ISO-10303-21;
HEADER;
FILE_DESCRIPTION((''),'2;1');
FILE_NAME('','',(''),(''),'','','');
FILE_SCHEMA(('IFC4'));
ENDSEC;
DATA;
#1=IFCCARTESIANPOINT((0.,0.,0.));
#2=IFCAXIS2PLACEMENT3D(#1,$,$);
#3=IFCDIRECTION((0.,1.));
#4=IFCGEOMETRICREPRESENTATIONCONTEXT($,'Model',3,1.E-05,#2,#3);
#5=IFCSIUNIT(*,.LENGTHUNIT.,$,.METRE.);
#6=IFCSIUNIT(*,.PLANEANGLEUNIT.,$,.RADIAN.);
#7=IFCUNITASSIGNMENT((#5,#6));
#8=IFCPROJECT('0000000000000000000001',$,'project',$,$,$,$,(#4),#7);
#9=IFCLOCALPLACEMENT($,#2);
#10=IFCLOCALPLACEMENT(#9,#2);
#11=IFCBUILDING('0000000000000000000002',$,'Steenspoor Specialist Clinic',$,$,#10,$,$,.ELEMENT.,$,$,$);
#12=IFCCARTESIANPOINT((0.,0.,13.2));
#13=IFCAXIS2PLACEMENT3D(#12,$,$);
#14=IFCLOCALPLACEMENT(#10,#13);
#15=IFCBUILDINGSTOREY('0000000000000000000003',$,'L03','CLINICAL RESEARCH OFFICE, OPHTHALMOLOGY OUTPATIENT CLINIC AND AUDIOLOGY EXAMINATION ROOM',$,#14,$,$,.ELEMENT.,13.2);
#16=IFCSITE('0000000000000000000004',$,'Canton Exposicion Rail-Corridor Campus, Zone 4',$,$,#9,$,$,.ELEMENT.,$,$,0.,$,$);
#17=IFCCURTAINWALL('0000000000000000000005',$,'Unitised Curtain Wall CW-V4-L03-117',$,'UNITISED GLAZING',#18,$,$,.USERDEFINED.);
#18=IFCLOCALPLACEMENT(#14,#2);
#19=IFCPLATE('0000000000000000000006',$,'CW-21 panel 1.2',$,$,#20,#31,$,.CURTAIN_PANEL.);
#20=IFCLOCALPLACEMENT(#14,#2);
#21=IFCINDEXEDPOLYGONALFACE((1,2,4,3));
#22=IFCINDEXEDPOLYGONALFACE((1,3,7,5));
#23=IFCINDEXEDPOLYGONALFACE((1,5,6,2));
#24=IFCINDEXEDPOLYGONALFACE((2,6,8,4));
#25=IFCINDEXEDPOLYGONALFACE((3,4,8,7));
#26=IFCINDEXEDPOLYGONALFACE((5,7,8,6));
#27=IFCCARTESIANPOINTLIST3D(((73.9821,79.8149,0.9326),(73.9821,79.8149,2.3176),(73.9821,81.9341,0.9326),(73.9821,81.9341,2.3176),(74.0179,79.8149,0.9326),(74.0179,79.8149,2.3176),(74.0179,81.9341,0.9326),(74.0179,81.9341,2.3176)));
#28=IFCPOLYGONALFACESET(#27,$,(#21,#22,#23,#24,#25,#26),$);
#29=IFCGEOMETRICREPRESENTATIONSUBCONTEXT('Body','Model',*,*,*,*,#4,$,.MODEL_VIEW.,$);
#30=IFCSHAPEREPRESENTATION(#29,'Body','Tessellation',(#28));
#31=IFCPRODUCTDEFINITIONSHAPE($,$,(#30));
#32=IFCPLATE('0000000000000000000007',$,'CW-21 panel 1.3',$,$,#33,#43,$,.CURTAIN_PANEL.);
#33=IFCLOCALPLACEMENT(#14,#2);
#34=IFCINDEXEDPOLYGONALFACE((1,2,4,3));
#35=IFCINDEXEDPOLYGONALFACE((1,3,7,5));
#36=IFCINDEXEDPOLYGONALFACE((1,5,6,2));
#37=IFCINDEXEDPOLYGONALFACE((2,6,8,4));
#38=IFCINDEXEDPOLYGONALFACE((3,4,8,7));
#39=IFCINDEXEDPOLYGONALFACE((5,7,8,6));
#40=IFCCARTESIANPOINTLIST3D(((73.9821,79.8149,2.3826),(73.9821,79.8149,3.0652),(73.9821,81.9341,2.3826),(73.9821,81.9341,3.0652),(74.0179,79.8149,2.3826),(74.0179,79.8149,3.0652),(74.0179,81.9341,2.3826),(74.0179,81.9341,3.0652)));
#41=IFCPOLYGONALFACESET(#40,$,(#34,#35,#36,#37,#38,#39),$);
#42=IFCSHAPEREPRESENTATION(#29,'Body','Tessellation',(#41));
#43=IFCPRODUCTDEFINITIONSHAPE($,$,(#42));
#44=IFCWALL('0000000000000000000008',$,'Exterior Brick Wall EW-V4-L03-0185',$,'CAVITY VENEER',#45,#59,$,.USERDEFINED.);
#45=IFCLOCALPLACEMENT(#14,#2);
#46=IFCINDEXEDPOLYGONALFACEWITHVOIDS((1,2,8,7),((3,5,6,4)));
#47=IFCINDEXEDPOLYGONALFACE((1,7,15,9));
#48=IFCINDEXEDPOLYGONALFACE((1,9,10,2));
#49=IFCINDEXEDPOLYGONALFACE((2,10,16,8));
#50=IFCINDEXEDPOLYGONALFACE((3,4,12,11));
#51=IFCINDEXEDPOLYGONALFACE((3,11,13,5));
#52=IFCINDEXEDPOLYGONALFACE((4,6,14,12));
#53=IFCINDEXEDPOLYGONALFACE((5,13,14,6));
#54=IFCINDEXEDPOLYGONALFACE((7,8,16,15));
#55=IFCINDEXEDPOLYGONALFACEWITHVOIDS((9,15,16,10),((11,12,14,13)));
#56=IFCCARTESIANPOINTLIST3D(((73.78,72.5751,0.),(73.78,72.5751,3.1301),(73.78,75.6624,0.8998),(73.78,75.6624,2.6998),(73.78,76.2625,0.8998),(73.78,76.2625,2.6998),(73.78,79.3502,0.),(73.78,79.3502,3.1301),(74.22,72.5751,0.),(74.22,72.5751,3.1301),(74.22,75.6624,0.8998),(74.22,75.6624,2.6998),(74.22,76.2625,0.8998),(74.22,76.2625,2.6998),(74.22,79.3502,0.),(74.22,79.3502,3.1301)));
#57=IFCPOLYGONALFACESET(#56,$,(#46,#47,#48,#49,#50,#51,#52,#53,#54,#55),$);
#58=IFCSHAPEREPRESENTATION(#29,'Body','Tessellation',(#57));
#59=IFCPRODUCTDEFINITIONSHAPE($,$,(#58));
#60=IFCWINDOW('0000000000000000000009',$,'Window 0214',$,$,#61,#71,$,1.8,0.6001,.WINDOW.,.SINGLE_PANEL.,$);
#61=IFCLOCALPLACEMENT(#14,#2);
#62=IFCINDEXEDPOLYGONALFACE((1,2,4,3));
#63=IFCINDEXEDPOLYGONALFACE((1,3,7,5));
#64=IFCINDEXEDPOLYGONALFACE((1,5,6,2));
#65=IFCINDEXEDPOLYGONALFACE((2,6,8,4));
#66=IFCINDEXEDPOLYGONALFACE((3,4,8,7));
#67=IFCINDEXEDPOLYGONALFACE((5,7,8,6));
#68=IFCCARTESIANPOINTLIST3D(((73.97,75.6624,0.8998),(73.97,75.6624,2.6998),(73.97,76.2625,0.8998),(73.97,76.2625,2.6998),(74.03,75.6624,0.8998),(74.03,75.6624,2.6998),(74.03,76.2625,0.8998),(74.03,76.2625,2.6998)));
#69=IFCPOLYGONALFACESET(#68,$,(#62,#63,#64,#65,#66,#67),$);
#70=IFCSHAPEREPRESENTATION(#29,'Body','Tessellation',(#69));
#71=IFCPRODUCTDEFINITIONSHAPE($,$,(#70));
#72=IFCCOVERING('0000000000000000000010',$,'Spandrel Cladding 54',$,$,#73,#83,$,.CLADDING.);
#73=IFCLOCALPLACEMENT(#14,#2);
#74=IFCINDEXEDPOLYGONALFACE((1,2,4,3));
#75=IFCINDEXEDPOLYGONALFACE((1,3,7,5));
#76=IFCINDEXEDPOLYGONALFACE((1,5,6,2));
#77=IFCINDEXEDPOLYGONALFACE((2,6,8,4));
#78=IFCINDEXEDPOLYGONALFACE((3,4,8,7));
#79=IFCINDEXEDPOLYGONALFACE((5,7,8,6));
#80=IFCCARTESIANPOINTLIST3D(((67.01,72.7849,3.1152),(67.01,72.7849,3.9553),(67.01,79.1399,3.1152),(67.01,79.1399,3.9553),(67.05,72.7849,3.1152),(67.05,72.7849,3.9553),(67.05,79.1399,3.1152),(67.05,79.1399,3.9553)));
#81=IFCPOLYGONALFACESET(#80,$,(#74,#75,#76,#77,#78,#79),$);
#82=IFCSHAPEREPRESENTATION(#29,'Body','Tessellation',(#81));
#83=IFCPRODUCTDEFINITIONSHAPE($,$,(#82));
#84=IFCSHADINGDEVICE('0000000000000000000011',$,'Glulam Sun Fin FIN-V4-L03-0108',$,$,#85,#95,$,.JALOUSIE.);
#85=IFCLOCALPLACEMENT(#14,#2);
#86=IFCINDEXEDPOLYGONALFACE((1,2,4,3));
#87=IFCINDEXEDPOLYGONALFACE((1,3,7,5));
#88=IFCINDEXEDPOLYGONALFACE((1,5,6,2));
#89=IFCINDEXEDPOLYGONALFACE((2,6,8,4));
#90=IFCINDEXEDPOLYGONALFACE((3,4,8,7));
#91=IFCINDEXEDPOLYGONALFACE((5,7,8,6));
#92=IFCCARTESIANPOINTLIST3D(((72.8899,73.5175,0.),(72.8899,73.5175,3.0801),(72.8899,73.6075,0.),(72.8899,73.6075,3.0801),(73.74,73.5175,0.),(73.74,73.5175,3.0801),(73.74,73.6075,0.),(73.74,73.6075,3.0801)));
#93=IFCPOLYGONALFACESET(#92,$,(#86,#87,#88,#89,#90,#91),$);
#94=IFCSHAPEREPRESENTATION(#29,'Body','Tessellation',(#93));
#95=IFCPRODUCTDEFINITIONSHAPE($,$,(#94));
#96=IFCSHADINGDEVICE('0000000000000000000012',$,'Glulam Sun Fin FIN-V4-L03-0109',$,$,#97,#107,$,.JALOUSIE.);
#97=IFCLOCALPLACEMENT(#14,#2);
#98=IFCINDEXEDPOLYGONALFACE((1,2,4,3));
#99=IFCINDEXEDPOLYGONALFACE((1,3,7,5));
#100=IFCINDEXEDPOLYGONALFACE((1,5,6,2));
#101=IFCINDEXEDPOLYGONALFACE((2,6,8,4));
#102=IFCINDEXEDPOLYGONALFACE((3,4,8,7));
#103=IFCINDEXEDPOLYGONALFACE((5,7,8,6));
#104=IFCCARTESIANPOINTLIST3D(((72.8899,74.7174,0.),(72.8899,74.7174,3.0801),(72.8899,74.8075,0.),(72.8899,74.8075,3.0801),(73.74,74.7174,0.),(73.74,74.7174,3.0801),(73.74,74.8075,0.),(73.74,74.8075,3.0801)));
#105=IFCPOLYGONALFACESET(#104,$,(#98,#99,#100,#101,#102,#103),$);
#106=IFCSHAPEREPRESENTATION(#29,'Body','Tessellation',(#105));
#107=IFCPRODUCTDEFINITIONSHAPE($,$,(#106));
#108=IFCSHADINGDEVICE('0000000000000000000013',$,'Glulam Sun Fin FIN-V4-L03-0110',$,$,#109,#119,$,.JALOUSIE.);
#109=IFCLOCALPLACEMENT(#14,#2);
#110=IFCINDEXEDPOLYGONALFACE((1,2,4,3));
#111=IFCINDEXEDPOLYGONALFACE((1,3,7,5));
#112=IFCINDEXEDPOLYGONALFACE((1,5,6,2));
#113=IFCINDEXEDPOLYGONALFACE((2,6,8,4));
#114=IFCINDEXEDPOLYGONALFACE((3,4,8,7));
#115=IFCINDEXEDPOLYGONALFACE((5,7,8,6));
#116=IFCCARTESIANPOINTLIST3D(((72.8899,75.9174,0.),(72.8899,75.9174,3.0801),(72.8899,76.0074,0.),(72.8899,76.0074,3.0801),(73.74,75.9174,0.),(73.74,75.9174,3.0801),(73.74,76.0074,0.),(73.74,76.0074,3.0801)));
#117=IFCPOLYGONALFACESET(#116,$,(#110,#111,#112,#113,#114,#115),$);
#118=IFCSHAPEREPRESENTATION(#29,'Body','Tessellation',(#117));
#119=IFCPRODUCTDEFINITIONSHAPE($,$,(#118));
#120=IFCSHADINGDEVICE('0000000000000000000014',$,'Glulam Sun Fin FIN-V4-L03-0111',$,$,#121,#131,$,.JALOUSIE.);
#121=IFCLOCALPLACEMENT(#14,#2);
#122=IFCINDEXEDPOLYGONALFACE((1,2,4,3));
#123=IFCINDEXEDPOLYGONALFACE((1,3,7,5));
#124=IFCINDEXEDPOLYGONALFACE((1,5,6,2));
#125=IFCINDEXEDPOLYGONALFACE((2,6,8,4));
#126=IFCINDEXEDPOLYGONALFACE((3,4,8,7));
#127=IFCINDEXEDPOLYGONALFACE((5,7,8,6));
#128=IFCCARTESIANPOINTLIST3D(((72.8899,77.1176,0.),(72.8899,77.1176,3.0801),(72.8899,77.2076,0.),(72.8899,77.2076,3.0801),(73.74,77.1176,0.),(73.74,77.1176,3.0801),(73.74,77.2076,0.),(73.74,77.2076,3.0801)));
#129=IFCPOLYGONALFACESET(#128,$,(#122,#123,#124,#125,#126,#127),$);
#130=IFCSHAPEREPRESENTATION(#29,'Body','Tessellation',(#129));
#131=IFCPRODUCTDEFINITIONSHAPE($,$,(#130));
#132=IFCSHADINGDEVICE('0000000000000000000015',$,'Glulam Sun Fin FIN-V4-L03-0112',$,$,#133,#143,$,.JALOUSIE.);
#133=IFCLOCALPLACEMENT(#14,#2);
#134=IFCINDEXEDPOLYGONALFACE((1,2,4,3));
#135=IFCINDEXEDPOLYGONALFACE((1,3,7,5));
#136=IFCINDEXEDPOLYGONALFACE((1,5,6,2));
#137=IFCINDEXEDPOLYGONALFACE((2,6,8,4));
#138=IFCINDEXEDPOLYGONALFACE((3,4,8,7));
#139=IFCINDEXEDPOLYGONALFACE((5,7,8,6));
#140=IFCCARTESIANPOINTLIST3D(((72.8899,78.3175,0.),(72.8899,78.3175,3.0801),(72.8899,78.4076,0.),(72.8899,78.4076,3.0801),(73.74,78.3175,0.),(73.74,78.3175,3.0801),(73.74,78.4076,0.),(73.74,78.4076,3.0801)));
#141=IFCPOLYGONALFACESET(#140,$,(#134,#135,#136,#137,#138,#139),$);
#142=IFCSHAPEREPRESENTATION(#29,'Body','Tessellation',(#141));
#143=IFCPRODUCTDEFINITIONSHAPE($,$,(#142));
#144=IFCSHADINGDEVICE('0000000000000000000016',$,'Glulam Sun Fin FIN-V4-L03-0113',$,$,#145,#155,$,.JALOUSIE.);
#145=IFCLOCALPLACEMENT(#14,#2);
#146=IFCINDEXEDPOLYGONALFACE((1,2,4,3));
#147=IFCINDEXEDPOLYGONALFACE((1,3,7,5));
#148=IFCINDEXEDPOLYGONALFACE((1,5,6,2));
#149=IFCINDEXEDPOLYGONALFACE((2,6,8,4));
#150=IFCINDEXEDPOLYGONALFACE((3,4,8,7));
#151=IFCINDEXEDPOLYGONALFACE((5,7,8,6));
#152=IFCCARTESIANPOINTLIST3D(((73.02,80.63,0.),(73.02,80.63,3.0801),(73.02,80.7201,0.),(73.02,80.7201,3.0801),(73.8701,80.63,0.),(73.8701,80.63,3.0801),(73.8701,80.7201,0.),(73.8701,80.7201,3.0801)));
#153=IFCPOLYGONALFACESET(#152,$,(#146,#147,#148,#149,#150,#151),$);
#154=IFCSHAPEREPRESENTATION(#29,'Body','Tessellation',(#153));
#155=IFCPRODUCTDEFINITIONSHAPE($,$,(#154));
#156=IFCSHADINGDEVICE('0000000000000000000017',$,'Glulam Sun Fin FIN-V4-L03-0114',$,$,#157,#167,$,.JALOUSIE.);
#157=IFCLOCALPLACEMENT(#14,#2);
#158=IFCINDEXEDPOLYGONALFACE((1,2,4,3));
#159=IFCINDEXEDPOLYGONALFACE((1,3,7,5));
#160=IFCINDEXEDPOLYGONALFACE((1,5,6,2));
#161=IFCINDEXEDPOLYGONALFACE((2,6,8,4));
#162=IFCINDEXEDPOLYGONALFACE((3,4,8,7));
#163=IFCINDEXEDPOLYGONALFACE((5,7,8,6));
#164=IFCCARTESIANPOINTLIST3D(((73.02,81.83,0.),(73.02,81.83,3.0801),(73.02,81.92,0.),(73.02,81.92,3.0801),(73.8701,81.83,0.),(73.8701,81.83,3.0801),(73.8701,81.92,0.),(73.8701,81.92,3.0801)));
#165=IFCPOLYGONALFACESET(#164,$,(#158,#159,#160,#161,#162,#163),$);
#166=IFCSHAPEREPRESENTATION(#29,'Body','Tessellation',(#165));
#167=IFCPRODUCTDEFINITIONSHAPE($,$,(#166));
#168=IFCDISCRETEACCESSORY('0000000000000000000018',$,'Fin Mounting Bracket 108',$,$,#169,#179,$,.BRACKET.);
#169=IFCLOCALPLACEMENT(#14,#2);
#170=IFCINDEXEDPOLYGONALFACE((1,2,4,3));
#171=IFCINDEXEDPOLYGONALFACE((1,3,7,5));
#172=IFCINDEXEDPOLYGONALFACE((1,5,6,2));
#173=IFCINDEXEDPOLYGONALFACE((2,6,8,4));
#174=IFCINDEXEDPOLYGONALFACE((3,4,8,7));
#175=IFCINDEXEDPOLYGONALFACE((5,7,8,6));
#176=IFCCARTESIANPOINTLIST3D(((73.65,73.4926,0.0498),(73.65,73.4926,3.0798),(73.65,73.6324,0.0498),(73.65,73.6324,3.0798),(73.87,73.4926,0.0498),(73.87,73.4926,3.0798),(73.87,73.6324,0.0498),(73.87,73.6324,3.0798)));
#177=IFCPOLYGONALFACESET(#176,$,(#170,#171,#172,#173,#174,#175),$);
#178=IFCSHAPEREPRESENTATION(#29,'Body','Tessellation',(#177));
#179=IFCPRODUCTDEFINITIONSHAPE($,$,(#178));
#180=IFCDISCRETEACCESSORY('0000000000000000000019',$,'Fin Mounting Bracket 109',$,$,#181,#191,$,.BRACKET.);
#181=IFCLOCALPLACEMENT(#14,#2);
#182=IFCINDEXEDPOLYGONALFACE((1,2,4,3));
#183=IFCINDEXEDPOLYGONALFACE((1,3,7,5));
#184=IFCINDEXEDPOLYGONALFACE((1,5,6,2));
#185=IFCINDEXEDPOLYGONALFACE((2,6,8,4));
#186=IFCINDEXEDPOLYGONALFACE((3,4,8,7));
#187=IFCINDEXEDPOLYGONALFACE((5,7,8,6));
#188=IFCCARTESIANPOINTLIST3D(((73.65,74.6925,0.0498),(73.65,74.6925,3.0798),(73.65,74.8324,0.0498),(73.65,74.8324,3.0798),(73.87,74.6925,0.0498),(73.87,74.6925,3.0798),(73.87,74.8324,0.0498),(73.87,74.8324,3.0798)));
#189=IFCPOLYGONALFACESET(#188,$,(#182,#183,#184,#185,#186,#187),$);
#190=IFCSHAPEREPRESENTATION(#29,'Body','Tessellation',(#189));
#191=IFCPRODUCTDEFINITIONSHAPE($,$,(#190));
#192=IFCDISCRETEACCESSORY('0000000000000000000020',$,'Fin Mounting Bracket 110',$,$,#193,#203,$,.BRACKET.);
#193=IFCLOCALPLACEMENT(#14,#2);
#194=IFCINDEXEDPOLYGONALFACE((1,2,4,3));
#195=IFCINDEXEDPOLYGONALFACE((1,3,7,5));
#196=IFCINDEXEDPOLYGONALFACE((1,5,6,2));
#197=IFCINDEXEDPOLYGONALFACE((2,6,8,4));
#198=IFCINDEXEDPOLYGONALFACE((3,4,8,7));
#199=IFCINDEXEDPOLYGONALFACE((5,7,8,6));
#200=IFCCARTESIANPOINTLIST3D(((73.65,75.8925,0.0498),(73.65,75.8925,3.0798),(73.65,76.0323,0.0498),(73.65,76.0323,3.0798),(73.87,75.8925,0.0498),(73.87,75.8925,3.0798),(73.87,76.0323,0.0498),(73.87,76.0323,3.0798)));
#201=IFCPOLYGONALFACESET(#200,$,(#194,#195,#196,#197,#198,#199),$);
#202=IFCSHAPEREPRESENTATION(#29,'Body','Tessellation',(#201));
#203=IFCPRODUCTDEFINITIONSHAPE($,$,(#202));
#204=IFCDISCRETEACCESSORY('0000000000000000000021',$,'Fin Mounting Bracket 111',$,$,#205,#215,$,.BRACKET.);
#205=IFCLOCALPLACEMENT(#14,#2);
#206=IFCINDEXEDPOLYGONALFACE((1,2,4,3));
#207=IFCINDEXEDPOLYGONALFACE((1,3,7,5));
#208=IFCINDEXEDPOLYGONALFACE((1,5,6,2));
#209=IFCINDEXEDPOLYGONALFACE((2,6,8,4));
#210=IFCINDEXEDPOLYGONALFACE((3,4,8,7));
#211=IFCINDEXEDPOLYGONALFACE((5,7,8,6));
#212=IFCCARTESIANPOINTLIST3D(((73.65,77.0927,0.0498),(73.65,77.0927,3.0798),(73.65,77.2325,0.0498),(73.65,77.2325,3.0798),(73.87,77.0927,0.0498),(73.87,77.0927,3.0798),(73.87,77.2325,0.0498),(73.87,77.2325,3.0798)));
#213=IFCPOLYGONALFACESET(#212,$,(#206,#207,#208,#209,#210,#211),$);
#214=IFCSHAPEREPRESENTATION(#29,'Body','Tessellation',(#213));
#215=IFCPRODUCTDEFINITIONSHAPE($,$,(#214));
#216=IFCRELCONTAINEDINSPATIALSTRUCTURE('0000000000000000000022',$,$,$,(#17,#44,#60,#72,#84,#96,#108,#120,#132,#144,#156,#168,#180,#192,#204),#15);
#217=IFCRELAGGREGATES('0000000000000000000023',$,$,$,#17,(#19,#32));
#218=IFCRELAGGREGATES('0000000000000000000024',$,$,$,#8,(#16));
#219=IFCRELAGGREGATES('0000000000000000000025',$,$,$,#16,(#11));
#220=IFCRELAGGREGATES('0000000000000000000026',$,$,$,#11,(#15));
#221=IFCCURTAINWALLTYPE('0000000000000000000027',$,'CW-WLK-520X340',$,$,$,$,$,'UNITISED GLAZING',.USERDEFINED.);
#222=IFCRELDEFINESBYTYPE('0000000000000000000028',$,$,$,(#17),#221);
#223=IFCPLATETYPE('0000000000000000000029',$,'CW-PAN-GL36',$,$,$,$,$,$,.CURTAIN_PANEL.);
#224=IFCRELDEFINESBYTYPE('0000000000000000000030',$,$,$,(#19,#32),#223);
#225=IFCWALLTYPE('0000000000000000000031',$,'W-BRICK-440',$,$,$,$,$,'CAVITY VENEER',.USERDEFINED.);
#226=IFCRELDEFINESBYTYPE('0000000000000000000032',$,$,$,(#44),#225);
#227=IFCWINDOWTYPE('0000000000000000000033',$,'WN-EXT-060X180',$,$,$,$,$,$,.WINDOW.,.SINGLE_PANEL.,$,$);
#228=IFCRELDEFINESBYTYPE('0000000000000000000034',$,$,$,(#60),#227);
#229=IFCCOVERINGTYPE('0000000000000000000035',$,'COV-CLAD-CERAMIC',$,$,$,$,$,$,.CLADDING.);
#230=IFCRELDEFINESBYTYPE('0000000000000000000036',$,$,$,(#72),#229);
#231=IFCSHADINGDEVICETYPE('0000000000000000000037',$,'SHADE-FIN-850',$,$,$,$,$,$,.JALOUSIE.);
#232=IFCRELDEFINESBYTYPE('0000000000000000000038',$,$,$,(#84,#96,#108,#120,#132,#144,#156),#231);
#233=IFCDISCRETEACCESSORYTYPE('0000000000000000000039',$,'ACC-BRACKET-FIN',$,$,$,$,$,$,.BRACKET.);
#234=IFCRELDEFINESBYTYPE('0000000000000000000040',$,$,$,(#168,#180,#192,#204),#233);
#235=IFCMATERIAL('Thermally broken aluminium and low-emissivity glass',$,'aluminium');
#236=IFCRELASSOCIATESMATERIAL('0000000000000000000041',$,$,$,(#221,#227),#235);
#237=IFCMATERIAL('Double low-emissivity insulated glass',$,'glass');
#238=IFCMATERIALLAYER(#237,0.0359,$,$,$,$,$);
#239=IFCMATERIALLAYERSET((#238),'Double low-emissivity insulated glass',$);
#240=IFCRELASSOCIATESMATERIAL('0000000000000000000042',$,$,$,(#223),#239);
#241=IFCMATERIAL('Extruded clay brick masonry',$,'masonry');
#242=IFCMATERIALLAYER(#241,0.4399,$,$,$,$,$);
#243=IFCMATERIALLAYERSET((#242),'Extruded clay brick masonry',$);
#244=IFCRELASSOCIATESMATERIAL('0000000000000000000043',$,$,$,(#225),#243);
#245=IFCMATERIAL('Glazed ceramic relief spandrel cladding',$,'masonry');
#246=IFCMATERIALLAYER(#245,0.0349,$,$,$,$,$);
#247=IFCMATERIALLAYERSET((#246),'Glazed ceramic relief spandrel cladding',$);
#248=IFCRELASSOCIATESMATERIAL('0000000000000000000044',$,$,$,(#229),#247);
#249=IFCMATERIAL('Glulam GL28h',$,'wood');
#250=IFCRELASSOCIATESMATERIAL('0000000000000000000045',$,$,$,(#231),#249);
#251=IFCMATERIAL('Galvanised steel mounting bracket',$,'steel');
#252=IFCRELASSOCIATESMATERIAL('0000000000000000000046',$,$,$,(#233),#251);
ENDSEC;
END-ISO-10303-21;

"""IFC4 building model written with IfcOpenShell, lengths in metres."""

from ifc_helpers import new_model, si_unit, direction, frame, frame_2d, origin, origin_2d, place, context, subcontext, project, spatial, rectangle, extrude, material, layer, layer_set, material_profile, profile_set, type_object, element, fill, aggregate, save


model = new_model("IFC4")

# Units and contexts
model_context = context("Model", 3, precision=1e-05, world=origin(), true_north=direction((0.0, 1.0)))
body_context = subcontext(model_context, "Body", "Model", "MODEL_VIEW")
ifc_project = project(units=[si_unit("LENGTHUNIT", "METRE"), si_unit("PLANEANGLEUNIT", "RADIAN")], contexts=[model_context])

# Site, building, storey
site_placement = place(None, origin())
site = spatial("IfcSite", under=ifc_project, at=site_placement, Name="Canton Exposicion Rail-Corridor Campus, Zone 4", CompositionType="ELEMENT", RefElevation=0.0)
building_placement = place(site_placement, origin())
building = spatial("IfcBuilding", under=site, at=building_placement, Name="Steenspoor Specialist Clinic", CompositionType="ELEMENT")
storey_placement = place(building_placement, frame((0.0, 0.0, 13.2)))
storey = spatial("IfcBuildingStorey", under=building, at=storey_placement, Name="L03", Description="CLINICAL RESEARCH OFFICE, OPHTHALMOLOGY OUTPATIENT CLINIC AND AUDIOLOGY EXAMINATION ROOM", CompositionType="ELEMENT", Elevation=13.2)

# Curtain wall
ifc_material_1 = material(Name="Thermally broken aluminium and low-emissivity glass", Category="aluminium")
curtain_wall_type = type_object("IfcCurtainWallType", Name="CW-WLK-520X340", ElementType="UNITISED GLAZING", PredefinedType="USERDEFINED", material=ifc_material_1)
curtain_wall_placement = place(storey_placement, origin())
curtain_wall = element("IfcCurtainWall", 1, at=curtain_wall_placement, inside=storey, type_object=curtain_wall_type, Name="Unitised Curtain Wall CW-V4-L03-117", ObjectType="UNITISED GLAZING", PredefinedType="USERDEFINED")

# Plates
ifc_material_2 = material(Name="Double low-emissivity insulated glass", Category="glass")
ifc_layer_1 = layer(ifc_material_2, 0.0359)
ifc_layer_set_1 = layer_set([ifc_layer_1], Name="Double low-emissivity insulated glass")
plate_type = type_object("IfcPlateType", Name="CW-PAN-GL36", PredefinedType="CURTAIN_PANEL", material=ifc_layer_set_1)
plate_1_placement = place(storey_placement, frame((74.0, 80.8745, 0.9326), z_axis=(0.0, 0.0, 1.0), x_axis=(0.0, 1.0, 0.0)))
plate_1 = element("IfcPlate", 2, at=plate_1_placement, type_object=plate_type, Name="CW-21 panel 1.2", PredefinedType="CURTAIN_PANEL", context=body_context, shape_type="SweptSolid", body=[
    extrude(rectangle(XDim=2.1191, YDim=0.0359, at=origin_2d()), origin(), (0.0, 0.0, 1.0), 1.385),
])
plate_2_placement = place(storey_placement, frame((74.0, 80.8745, 2.3826), z_axis=(0.0, 0.0, 1.0), x_axis=(0.0, 1.0, 0.0)))
plate_2 = element("IfcPlate", 3, at=plate_2_placement, type_object=plate_type, Name="CW-21 panel 1.3", PredefinedType="CURTAIN_PANEL", context=body_context, shape_type="SweptSolid", body=[
    extrude(rectangle(XDim=2.1191, YDim=0.0359, at=origin_2d()), origin(), (0.0, 0.0, 1.0), 0.6826),
])
aggregate(curtain_wall, [plate_1, plate_2])

# Wall, opening, window
ifc_material_3 = material(Name="Extruded clay brick masonry", Category="masonry")
ifc_layer_2 = layer(ifc_material_3, 0.4399)
ifc_layer_set_2 = layer_set([ifc_layer_2], Name="Extruded clay brick masonry")
wall_type = type_object("IfcWallType", Name="W-BRICK-440", ElementType="CAVITY VENEER", PredefinedType="USERDEFINED", material=ifc_layer_set_2)
wall_placement = place(storey_placement, frame((74.0, 72.575, 0.0), z_axis=(0.0, 0.0, 1.0), x_axis=(0.0, 1.0, 0.0)))
wall = element("IfcWall", 4, at=wall_placement, inside=storey, type_object=wall_type, Name="Exterior Brick Wall EW-V4-L03-0185", ObjectType="CAVITY VENEER", PredefinedType="USERDEFINED", context=body_context, shape_type="SweptSolid", body=[
    extrude(rectangle(XDim=6.7751, YDim=0.4399, at=frame_2d((3.3877, 0.0))), origin(), (0.0, 0.0, 1.0), 3.1301),
])
opening_placement = place(wall_placement, frame((3.0874, 0.0, 0.8999)))
opening = element("IfcOpeningElement", 5, at=opening_placement, cuts=wall, PredefinedType="OPENING", context=body_context, shape_type="SweptSolid", body=[
    extrude(rectangle(XDim=0.6001, YDim=1.8, at=frame_2d((0.3, 0.8999))), frame((0.0, 0.23, 0.0), z_axis=(0.0, -1.0, 0.0), x_axis=(1.0, 0.0, 0.0)), (0.0, 0.0, 1.0), 0.46),
])
window_type = type_object("IfcWindowType", Name="WN-EXT-060X180", PartitioningType="SINGLE_PANEL", PredefinedType="WINDOW", material=ifc_material_1)
window_placement = place(opening_placement, origin())
window = element("IfcWindow", 6, at=window_placement, inside=storey, type_object=window_type, Name="Window 0214", OverallHeight=1.8, OverallWidth=0.6001, PartitioningType="SINGLE_PANEL", PredefinedType="WINDOW", context=body_context, shape_type="SweptSolid", body=[
    extrude(rectangle(XDim=0.6001, YDim=1.8, at=frame_2d((0.3, 0.8999))), frame((0.0, 0.03, 0.0), z_axis=(0.0, -1.0, 0.0), x_axis=(1.0, 0.0, 0.0)), (0.0, 0.0, 1.0), 0.0601),
])
fill(opening, window)

# Covering
ifc_material_4 = material(Name="Glazed ceramic relief spandrel cladding", Category="masonry")
ifc_layer_3 = layer(ifc_material_4, 0.0349)
ifc_layer_set_3 = layer_set([ifc_layer_3], Name="Glazed ceramic relief spandrel cladding")
covering_type = type_object("IfcCoveringType", Name="COV-CLAD-CERAMIC", PredefinedType="CLADDING", material=ifc_layer_set_3)
covering_placement = place(storey_placement, frame((67.03, 75.9624, 3.1152), z_axis=(0.0, 0.0, 1.0), x_axis=(0.0, -1.0, 0.0)))
element("IfcCovering", 7, at=covering_placement, inside=storey, type_object=covering_type, Name="Spandrel Cladding 54", PredefinedType="CLADDING", context=body_context, shape_type="SweptSolid", body=[
    extrude(rectangle(XDim=6.355, YDim=0.04, at=origin_2d()), origin(), (0.0, 0.0, 1.0), 0.8401),
])

# Shading devices
ifc_material_5 = material(Name="Glulam GL28h", Category="wood")
ifc_material_profile_1 = material_profile(ifc_material_5, rectangle(XDim=0.0901, YDim=0.8501, at=origin_2d()), Name="GL28H-90X850")
ifc_profile_set_1 = profile_set([ifc_material_profile_1], Name="Glulam GL28h")
shading_device_type = type_object("IfcShadingDeviceType", Name="SHADE-FIN-850", PredefinedType="JALOUSIE", material=ifc_profile_set_1)
for number, where, z_axis, x_axis, name in (
    (8, (73.3149, 73.5625, 0.0), (0.0, 0.0, 1.0), (0.0, 1.0, 0.0), "Glulam Sun Fin FIN-V4-L03-0108"),
    (9, (73.3149, 74.7625, 0.0), (0.0, 0.0, 1.0), (0.0, 1.0, 0.0), "Glulam Sun Fin FIN-V4-L03-0109"),
    (10, (73.3149, 75.9624, 0.0), (0.0, 0.0, 1.0), (0.0, 1.0, 0.0), "Glulam Sun Fin FIN-V4-L03-0110"),
    (11, (73.3149, 77.1626, 0.0), (0.0, 0.0, 1.0), (0.0, 1.0, 0.0), "Glulam Sun Fin FIN-V4-L03-0111"),
    (12, (73.3149, 78.3625, 0.0), (0.0, 0.0, 1.0), (0.0, 1.0, 0.0), "Glulam Sun Fin FIN-V4-L03-0112"),
    (13, (73.4451, 80.675, 0.0), (0.0, 0.0, 1.0), (0.0, 1.0, 0.0), "Glulam Sun Fin FIN-V4-L03-0113"),
    (14, (73.4451, 81.875, 0.0), (0.0, 0.0, 1.0), (0.0, 1.0, 0.0), "Glulam Sun Fin FIN-V4-L03-0114"),
):
    element("IfcShadingDevice", number, at=place(storey_placement, frame(where, z_axis=z_axis, x_axis=x_axis)), inside=storey, type_object=shading_device_type, Name=name, PredefinedType="JALOUSIE", context=body_context, shape_type="SweptSolid", body=[
        extrude(rectangle(XDim=0.0901, YDim=0.8501, at=origin_2d()), origin(), (0.0, 0.0, 1.0), 3.0801),
    ])

# Discrete accessories
ifc_material_6 = material(Name="Galvanised steel mounting bracket", Category="steel")
discrete_accessory_type = type_object("IfcDiscreteAccessoryType", Name="ACC-BRACKET-FIN", PredefinedType="BRACKET", material=ifc_material_6)
for number, where, z_axis, x_axis, name in (
    (15, (73.76, 73.5625, 0.0498), (0.0, 0.0, 1.0), (-1.0, 0.0, 0.0), "Fin Mounting Bracket 108"),
    (16, (73.76, 74.7625, 0.0498), (0.0, 0.0, 1.0), (-1.0, 0.0, 0.0), "Fin Mounting Bracket 109"),
    (17, (73.76, 75.9624, 0.0498), (0.0, 0.0, 1.0), (-1.0, 0.0, 0.0), "Fin Mounting Bracket 110"),
    (18, (73.76, 77.1626, 0.0498), (0.0, 0.0, 1.0), (-1.0, 0.0, 0.0), "Fin Mounting Bracket 111"),
):
    element("IfcDiscreteAccessory", number, at=place(storey_placement, frame(where, z_axis=z_axis, x_axis=x_axis)), inside=storey, type_object=discrete_accessory_type, Name=name, PredefinedType="BRACKET", context=body_context, shape_type="SweptSolid", body=[
        extrude(rectangle(XDim=0.22, YDim=0.1399, at=origin_2d()), origin(), (0.0, 0.0, 1.0), 3.03),
    ])

save(model, "model.ifc")
